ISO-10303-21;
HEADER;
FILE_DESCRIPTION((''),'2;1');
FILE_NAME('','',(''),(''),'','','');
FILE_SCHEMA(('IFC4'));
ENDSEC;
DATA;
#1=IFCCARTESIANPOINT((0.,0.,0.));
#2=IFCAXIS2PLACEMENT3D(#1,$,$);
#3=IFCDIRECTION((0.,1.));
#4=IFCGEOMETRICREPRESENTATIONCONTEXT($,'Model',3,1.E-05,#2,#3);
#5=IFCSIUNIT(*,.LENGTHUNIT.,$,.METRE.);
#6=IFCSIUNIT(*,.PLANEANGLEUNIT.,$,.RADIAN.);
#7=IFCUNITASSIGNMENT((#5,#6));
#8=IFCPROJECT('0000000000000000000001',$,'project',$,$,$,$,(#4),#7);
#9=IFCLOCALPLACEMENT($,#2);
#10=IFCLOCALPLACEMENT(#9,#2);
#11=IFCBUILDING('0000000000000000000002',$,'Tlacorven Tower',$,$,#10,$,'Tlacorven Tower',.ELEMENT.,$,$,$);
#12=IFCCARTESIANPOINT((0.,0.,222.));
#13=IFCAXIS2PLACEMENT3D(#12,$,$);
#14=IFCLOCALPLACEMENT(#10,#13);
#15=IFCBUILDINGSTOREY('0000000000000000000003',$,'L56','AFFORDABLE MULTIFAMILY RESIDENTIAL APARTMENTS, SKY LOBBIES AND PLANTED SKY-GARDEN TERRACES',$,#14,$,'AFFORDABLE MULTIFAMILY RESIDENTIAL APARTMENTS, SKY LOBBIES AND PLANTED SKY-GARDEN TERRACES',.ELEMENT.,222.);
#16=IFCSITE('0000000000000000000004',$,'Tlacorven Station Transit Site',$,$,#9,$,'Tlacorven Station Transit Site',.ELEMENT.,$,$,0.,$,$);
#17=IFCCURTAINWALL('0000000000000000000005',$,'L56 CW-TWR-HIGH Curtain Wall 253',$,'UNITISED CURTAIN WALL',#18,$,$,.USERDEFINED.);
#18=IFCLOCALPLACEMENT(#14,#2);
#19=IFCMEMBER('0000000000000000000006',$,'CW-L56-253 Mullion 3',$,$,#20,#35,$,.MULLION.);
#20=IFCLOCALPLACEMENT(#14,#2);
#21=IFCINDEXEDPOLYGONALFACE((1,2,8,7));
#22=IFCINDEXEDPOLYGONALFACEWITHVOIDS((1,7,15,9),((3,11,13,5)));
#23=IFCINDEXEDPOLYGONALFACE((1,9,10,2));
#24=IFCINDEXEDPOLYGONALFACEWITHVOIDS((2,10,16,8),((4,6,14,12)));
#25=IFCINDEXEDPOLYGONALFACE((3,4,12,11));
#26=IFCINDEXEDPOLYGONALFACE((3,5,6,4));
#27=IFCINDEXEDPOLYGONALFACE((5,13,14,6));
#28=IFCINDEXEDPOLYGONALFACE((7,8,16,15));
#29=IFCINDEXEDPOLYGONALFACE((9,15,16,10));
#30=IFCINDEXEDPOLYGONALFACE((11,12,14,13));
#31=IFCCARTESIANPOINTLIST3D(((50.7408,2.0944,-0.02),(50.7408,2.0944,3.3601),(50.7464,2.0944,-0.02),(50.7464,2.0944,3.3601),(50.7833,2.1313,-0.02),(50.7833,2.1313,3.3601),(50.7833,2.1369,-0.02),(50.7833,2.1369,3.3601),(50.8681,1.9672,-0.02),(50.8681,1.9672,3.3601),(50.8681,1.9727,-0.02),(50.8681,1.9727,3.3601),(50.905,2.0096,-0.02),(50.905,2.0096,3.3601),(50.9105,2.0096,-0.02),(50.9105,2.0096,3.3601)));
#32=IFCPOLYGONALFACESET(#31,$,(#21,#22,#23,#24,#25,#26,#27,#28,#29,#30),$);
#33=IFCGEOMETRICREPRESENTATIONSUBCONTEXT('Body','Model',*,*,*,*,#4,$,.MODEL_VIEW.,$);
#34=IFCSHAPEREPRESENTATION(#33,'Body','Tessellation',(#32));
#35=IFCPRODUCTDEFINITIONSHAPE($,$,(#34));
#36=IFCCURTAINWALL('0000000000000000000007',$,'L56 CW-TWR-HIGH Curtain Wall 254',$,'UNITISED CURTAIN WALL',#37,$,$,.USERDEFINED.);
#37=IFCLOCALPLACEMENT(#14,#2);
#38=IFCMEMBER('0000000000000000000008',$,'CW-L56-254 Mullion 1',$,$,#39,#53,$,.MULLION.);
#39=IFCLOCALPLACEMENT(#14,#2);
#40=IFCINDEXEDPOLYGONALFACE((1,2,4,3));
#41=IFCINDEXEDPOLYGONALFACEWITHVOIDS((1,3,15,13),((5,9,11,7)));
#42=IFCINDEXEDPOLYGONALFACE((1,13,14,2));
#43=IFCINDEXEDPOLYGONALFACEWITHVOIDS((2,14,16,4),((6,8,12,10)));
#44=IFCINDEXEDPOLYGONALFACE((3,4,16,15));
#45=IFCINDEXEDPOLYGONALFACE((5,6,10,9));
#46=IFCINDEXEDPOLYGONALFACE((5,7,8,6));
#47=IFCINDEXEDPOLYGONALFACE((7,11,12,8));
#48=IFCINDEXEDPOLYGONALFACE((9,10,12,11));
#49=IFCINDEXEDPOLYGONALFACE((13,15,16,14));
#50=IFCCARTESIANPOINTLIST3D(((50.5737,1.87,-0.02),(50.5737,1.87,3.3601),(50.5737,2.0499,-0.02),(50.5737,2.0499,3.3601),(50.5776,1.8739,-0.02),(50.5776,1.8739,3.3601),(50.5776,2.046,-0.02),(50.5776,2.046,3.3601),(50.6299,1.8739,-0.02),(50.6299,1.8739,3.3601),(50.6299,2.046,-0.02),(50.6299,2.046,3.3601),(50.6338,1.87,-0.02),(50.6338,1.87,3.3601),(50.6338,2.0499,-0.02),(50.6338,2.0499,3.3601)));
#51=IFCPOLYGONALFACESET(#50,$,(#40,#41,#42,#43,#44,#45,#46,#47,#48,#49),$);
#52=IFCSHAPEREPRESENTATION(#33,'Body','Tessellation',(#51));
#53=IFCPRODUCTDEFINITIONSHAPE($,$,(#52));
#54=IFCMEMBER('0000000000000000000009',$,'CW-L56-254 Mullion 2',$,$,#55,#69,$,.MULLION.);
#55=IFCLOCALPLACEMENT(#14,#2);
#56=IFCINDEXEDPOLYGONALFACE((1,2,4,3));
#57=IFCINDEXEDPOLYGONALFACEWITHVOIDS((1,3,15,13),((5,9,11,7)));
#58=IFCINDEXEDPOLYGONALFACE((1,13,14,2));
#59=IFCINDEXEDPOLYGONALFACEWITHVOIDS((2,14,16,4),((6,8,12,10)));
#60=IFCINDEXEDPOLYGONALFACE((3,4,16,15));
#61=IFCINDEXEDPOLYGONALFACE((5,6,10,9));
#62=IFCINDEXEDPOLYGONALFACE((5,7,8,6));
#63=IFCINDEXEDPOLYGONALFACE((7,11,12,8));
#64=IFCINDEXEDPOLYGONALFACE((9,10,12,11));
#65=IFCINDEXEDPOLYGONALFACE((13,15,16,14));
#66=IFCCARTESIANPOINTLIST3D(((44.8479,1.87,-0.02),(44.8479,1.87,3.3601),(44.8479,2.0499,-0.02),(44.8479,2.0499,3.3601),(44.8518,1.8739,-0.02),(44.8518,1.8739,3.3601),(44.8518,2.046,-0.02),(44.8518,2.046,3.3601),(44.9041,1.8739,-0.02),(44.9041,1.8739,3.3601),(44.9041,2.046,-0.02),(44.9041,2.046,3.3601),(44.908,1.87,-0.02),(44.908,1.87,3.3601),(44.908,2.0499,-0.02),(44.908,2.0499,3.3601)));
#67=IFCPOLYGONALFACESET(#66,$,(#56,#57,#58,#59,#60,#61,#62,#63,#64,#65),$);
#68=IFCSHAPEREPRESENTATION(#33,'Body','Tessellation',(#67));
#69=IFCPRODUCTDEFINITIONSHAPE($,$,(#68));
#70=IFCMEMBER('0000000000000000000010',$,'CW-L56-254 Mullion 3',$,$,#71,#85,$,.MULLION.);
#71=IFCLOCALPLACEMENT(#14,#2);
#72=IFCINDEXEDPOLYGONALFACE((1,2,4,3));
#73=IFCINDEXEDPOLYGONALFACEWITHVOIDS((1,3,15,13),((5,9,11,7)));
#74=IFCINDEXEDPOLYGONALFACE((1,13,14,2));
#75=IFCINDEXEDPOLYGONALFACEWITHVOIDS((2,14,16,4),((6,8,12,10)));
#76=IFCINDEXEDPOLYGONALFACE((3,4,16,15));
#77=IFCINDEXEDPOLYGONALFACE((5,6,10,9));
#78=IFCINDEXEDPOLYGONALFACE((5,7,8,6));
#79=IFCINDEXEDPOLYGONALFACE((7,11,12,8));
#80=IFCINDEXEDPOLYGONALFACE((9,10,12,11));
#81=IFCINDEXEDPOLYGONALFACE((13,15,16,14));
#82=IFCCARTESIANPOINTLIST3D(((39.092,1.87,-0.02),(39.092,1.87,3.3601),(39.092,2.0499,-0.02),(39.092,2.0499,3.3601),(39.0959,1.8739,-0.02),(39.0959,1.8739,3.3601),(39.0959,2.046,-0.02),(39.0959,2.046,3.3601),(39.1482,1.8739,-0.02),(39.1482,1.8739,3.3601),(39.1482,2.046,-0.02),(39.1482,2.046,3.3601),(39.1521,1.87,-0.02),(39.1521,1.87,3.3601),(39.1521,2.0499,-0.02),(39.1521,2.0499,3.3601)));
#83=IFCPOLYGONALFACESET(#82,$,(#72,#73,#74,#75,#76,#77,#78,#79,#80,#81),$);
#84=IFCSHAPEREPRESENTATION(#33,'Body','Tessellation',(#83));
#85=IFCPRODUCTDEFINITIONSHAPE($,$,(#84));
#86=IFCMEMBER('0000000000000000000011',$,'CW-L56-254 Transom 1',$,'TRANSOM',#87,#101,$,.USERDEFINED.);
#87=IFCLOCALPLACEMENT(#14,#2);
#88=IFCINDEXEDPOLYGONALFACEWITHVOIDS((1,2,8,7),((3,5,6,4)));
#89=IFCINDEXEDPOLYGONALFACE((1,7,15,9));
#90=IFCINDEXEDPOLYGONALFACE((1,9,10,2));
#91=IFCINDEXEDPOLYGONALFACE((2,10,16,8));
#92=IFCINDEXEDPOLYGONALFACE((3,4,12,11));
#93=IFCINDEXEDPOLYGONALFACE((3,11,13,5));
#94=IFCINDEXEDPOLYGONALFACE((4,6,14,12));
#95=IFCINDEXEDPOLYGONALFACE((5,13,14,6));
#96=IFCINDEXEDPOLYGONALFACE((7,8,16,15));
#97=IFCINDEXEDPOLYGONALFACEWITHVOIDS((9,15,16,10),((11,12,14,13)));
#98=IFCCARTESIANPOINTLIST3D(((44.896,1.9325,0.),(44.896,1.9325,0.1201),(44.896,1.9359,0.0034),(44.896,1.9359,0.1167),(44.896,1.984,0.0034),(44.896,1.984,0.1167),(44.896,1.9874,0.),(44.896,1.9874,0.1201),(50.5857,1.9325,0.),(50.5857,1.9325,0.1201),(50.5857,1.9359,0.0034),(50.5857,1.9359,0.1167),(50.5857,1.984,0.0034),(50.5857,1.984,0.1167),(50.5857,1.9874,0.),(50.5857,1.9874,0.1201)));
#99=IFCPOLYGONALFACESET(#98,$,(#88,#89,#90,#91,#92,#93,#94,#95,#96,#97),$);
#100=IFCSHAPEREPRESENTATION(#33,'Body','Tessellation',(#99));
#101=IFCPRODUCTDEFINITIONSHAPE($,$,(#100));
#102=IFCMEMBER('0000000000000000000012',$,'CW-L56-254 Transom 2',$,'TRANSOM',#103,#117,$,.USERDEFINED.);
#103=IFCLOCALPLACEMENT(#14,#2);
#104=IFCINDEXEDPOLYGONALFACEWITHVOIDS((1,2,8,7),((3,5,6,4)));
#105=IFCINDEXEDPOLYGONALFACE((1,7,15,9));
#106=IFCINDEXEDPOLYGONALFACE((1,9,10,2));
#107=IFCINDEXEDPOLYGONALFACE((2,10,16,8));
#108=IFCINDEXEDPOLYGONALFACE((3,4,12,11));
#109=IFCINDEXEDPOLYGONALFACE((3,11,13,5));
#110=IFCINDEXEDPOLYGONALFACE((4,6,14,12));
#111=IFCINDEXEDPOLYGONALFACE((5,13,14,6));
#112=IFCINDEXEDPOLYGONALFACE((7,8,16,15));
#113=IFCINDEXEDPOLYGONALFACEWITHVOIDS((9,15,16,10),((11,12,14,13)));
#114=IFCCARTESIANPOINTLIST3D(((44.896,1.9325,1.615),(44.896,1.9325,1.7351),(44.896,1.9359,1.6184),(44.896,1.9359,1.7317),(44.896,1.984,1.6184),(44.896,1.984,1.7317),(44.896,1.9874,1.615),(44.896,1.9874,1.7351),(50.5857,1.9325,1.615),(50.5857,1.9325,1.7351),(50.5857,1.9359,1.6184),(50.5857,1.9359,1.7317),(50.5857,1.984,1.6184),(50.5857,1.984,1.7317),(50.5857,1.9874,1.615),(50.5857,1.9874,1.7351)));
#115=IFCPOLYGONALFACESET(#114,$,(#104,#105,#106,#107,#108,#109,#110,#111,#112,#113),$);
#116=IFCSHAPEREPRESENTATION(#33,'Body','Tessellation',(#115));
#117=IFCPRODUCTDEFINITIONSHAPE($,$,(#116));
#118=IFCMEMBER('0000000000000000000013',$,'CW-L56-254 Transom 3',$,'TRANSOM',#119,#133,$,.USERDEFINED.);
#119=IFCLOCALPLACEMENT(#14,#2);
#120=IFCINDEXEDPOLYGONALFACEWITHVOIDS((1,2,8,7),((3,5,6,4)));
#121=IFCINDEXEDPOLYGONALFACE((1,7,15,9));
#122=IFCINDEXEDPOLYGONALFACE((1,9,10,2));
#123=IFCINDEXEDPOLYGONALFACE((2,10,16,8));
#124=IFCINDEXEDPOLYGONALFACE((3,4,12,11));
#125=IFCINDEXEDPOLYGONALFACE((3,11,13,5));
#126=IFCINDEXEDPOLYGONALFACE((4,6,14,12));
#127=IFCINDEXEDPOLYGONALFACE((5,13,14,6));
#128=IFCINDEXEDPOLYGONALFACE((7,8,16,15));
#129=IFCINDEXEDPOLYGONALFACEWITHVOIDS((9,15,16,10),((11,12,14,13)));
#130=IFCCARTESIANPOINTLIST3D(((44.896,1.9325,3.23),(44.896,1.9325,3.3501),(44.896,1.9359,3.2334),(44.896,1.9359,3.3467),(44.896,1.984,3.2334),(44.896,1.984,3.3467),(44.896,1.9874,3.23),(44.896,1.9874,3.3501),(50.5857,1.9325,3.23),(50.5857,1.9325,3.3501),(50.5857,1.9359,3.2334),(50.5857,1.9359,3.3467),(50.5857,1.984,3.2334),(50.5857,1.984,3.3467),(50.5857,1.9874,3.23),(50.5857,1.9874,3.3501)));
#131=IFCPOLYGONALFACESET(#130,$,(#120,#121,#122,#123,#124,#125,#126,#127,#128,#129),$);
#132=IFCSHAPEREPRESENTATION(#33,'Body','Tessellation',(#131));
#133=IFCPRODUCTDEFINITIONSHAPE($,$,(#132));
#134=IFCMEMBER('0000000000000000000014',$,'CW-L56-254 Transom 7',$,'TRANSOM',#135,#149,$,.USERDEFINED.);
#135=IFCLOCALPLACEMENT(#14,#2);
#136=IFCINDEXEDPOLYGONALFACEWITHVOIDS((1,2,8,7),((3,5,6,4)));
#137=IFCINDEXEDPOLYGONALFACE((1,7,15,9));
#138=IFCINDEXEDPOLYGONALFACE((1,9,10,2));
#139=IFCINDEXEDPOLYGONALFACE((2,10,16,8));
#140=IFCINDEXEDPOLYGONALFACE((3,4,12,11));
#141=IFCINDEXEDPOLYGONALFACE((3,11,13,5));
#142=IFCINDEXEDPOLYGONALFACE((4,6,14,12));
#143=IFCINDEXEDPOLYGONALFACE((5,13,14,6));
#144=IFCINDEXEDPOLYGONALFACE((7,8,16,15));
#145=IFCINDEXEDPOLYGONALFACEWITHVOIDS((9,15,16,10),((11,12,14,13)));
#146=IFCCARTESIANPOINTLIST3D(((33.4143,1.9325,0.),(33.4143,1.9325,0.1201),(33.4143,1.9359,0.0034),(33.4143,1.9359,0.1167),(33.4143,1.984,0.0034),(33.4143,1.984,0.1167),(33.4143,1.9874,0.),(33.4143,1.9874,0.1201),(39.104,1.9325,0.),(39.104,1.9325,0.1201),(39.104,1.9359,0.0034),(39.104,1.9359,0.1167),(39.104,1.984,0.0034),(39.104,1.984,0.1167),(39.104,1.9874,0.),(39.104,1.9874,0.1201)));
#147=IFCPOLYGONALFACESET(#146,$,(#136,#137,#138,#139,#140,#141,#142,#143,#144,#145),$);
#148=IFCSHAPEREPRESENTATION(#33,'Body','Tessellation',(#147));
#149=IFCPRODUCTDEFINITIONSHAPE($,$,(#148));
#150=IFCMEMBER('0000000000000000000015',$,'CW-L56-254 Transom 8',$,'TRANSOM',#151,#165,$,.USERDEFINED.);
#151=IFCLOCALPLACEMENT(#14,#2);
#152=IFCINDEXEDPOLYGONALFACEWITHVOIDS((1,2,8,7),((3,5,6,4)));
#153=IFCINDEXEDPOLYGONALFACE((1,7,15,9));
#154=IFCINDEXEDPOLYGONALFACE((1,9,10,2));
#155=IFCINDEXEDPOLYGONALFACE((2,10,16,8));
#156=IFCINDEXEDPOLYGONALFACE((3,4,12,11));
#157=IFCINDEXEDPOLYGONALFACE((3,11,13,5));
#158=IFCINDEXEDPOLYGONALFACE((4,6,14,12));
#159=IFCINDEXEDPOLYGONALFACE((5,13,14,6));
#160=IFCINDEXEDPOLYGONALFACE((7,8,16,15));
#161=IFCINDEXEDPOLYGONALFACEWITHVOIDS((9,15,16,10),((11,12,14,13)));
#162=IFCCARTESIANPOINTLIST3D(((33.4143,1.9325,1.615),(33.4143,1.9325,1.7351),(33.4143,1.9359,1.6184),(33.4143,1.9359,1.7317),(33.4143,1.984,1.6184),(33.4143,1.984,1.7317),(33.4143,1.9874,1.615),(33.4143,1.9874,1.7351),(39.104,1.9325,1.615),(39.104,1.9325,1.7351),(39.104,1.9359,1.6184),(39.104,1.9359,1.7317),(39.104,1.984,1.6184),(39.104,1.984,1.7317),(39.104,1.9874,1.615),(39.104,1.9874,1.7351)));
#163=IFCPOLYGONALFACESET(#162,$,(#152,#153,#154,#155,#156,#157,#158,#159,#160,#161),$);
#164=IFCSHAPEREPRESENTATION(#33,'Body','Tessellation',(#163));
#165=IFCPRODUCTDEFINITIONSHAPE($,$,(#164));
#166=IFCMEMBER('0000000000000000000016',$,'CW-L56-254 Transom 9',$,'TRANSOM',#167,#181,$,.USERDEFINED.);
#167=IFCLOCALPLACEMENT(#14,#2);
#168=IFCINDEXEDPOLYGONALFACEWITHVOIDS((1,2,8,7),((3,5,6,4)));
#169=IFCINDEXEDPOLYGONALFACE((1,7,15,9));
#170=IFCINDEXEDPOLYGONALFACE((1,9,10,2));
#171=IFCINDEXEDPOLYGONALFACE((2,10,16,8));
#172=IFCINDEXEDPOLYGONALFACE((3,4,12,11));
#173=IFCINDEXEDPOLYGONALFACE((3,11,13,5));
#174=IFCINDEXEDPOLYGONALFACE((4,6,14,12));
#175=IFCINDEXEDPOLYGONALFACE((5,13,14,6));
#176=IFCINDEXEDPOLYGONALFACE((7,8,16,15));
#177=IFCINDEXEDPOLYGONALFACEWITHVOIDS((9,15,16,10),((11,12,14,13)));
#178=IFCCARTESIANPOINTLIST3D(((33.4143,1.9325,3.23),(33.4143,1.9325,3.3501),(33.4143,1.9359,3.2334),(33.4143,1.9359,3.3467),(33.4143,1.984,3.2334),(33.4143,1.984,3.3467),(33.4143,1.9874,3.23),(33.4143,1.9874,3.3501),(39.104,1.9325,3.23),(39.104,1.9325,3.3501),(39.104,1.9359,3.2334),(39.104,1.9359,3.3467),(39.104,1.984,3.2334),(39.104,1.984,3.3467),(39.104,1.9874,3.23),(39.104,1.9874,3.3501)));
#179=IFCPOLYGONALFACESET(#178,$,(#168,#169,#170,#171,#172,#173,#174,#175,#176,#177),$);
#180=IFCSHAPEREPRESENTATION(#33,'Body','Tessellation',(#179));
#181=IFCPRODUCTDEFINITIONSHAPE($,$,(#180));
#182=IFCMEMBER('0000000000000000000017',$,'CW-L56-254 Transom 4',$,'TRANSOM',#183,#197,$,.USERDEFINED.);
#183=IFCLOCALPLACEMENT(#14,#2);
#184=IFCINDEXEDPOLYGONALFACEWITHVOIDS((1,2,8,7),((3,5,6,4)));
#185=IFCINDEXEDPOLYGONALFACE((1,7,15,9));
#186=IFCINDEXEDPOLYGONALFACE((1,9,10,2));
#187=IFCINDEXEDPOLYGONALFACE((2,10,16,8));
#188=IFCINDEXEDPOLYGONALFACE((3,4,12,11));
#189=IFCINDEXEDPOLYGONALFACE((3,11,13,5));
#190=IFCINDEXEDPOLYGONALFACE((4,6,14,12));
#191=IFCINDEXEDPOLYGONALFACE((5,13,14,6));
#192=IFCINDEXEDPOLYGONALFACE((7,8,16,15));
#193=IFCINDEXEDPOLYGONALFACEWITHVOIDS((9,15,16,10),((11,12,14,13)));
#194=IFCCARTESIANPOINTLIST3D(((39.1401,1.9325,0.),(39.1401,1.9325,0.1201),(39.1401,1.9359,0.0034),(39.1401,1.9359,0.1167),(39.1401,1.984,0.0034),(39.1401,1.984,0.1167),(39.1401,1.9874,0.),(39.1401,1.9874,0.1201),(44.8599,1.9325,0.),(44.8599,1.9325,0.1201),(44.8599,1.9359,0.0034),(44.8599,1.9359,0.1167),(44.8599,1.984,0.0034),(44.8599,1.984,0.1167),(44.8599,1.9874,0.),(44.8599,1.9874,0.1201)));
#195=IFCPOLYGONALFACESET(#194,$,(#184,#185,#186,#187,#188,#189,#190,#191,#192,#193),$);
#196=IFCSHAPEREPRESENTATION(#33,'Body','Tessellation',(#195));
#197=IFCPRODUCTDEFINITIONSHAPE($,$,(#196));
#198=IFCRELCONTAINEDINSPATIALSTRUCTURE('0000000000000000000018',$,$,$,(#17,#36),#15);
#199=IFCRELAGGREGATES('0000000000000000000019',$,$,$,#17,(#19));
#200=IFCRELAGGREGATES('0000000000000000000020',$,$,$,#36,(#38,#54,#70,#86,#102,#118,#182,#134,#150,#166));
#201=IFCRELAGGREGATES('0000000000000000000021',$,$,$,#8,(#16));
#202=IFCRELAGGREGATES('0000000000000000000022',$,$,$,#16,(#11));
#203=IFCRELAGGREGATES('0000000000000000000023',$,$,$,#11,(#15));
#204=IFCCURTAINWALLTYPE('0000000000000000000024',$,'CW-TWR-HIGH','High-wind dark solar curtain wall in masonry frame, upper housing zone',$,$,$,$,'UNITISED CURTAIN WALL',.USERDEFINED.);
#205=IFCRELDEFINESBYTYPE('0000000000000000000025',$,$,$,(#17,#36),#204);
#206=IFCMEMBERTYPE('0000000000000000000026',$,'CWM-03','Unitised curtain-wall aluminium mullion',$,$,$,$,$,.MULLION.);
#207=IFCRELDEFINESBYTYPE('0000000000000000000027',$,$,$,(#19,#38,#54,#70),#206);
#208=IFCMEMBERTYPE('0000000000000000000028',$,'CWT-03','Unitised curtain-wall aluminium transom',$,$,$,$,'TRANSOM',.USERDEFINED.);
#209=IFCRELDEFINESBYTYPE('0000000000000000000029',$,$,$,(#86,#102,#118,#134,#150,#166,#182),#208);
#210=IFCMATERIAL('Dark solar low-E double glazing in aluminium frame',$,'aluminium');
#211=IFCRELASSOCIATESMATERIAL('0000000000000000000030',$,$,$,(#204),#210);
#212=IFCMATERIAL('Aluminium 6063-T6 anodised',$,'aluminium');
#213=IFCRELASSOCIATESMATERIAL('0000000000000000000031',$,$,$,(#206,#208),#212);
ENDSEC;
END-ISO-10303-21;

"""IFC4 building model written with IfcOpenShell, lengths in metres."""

from ifc_helpers import new_model, si_unit, direction, frame, origin, origin_2d, place, context, subcontext, project, spatial, hollow_rectangle, extrude, source, transform, mapped, material, material_profile, profile_set, type_object, element, aggregate, save


model = new_model("IFC4")

# Units and contexts
model_context = context("Model", 3, precision=1e-05, world=origin(), true_north=direction((0.0, 1.0)))
body_context = subcontext(model_context, "Body", "Model", "MODEL_VIEW")
ifc_project = project(units=[si_unit("LENGTHUNIT", "METRE"), si_unit("PLANEANGLEUNIT", "RADIAN")], contexts=[model_context])

# Site, building, storey
site_placement = place(None, origin())
site = spatial("IfcSite", under=ifc_project, at=site_placement, Name="Tlacorven Station Transit Site", LongName="Tlacorven Station Transit Site", CompositionType="ELEMENT", RefElevation=0.0)
building_placement = place(site_placement, origin())
building = spatial("IfcBuilding", under=site, at=building_placement, Name="Tlacorven Tower", LongName="Tlacorven Tower", CompositionType="ELEMENT")
storey_placement = place(building_placement, frame((0.0, 0.0, 222.0)))
storey = spatial("IfcBuildingStorey", under=building, at=storey_placement, Name="L56", Description="AFFORDABLE MULTIFAMILY RESIDENTIAL APARTMENTS, SKY LOBBIES AND PLANTED SKY-GARDEN TERRACES", LongName="AFFORDABLE MULTIFAMILY RESIDENTIAL APARTMENTS, SKY LOBBIES AND PLANTED SKY-GARDEN TERRACES", CompositionType="ELEMENT", Elevation=222.0)

# Curtain wall, member
ifc_material_1 = material(Name="Dark solar low-E double glazing in aluminium frame", Category="aluminium")
curtain_wall_type = type_object("IfcCurtainWallType", Name="CW-TWR-HIGH", Description="High-wind dark solar curtain wall in masonry frame, upper housing zone", ElementType="UNITISED CURTAIN WALL", PredefinedType="USERDEFINED", material=ifc_material_1)
curtain_wall_1_placement = place(storey_placement, origin())
curtain_wall_1 = element("IfcCurtainWall", 1, at=curtain_wall_1_placement, inside=storey, type_object=curtain_wall_type, Name="L56 CW-TWR-HIGH Curtain Wall 253", ObjectType="UNITISED CURTAIN WALL", PredefinedType="USERDEFINED")
ifc_material_2 = material(Name="Aluminium 6063-T6 anodised", Category="aluminium")
ifc_material_profile_1 = material_profile(ifc_material_2, hollow_rectangle(XDim=0.0601, YDim=0.1799, WallThickness=0.0039, at=origin_2d()), Name="ALU MULLION 60X180")
ifc_profile_set_1 = profile_set([ifc_material_profile_1], Name="Aluminium 6063-T6 anodised")
member_type_1 = type_object("IfcMemberType", Name="CWM-03", Description="Unitised curtain-wall aluminium mullion", PredefinedType="MULLION", material=ifc_profile_set_1)
shared_shape_1 = source(origin(), body_context, "Body", "SweptSolid", [
    extrude(hollow_rectangle(XDim=0.0601, YDim=0.1799, WallThickness=0.0039, at=origin_2d()), origin(), (0.0, 0.0, 1.0), 3.3801),
])
member_1_placement = place(storey_placement, frame((50.8257, 2.052, -0.02), z_axis=(0.0, 0.0, 1.0), x_axis=(-0.707107, -0.707107, 0.0)))
member_1 = element("IfcMember", 2, at=member_1_placement, type_object=member_type_1, Name="CW-L56-253 Mullion 3", PredefinedType="MULLION", context=body_context, shape_type="MappedRepresentation", body=[
    mapped(shared_shape_1, transform((0.0, 0.0, 0.0), scale=1.0)),
])
aggregate(curtain_wall_1, [member_1])

# Curtain wall, members
curtain_wall_2_placement = place(storey_placement, origin())
curtain_wall_2 = element("IfcCurtainWall", 3, at=curtain_wall_2_placement, inside=storey, type_object=curtain_wall_type, Name="L56 CW-TWR-HIGH Curtain Wall 254", ObjectType="UNITISED CURTAIN WALL", PredefinedType="USERDEFINED")
member_2_placement = place(storey_placement, frame((50.6038, 1.96, -0.02), z_axis=(0.0, 0.0, 1.0), x_axis=(-1.0, 0.0, 0.0)))
member_2 = element("IfcMember", 4, at=member_2_placement, type_object=member_type_1, Name="CW-L56-254 Mullion 1", PredefinedType="MULLION", context=body_context, shape_type="MappedRepresentation", body=[
    mapped(shared_shape_1, transform((0.0, 0.0, 0.0), scale=1.0)),
])
member_3_placement = place(storey_placement, frame((44.8779, 1.96, -0.02), z_axis=(0.0, 0.0, 1.0), x_axis=(-1.0, 0.0, 0.0)))
member_3 = element("IfcMember", 5, at=member_3_placement, type_object=member_type_1, Name="CW-L56-254 Mullion 2", PredefinedType="MULLION", context=body_context, shape_type="MappedRepresentation", body=[
    mapped(shared_shape_1, transform((0.0, 0.0, 0.0), scale=1.0)),
])
member_4_placement = place(storey_placement, frame((39.1221, 1.96, -0.02), z_axis=(0.0, 0.0, 1.0), x_axis=(-1.0, 0.0, 0.0)))
member_4 = element("IfcMember", 6, at=member_4_placement, type_object=member_type_1, Name="CW-L56-254 Mullion 3", PredefinedType="MULLION", context=body_context, shape_type="MappedRepresentation", body=[
    mapped(shared_shape_1, transform((0.0, 0.0, 0.0), scale=1.0)),
])
ifc_material_profile_2 = material_profile(ifc_material_2, hollow_rectangle(XDim=0.0549, YDim=0.1201, WallThickness=0.0034, at=origin_2d()), Name="ALU TRANSOM 55X120")
ifc_profile_set_2 = profile_set([ifc_material_profile_2], Name="Aluminium 6063-T6 anodised")
member_type_2 = type_object("IfcMemberType", Name="CWT-03", Description="Unitised curtain-wall aluminium transom", ElementType="TRANSOM", PredefinedType="USERDEFINED", material=ifc_profile_set_2)
shared_shape_2 = source(origin(), body_context, "Body", "SweptSolid", [
    extrude(hollow_rectangle(XDim=0.0549, YDim=0.1201, WallThickness=0.0034, at=origin_2d()), origin(), (0.0, 0.0, 1.0), 5.6897),
])
member_5_placement = place(storey_placement, frame((50.5857, 1.96, 0.0601), z_axis=(-1.0, 0.0, 0.0), x_axis=(0.0, -1.0, 0.0)))
member_5 = element("IfcMember", 7, at=member_5_placement, type_object=member_type_2, Name="CW-L56-254 Transom 1", ObjectType="TRANSOM", PredefinedType="USERDEFINED", context=body_context, shape_type="MappedRepresentation", body=[
    mapped(shared_shape_2, transform((0.0, 0.0, 0.0), scale=1.0)),
])
member_6_placement = place(storey_placement, frame((50.5857, 1.96, 1.675), z_axis=(-1.0, 0.0, 0.0), x_axis=(0.0, -1.0, 0.0)))
member_6 = element("IfcMember", 8, at=member_6_placement, type_object=member_type_2, Name="CW-L56-254 Transom 2", ObjectType="TRANSOM", PredefinedType="USERDEFINED", context=body_context, shape_type="MappedRepresentation", body=[
    mapped(shared_shape_2, transform((0.0, 0.0, 0.0), scale=1.0)),
])
member_7_placement = place(storey_placement, frame((50.5857, 1.96, 3.29), z_axis=(-1.0, 0.0, 0.0), x_axis=(0.0, -1.0, 0.0)))
member_7 = element("IfcMember", 9, at=member_7_placement, type_object=member_type_2, Name="CW-L56-254 Transom 3", ObjectType="TRANSOM", PredefinedType="USERDEFINED", context=body_context, shape_type="MappedRepresentation", body=[
    mapped(shared_shape_2, transform((0.0, 0.0, 0.0), scale=1.0)),
])
member_8_placement = place(storey_placement, frame((39.104, 1.96, 0.0601), z_axis=(-1.0, 0.0, 0.0), x_axis=(0.0, -1.0, 0.0)))
member_8 = element("IfcMember", 10, at=member_8_placement, type_object=member_type_2, Name="CW-L56-254 Transom 7", ObjectType="TRANSOM", PredefinedType="USERDEFINED", context=body_context, shape_type="MappedRepresentation", body=[
    mapped(shared_shape_2, transform((0.0, 0.0, 0.0), scale=1.0)),
])
member_9_placement = place(storey_placement, frame((39.104, 1.96, 1.675), z_axis=(-1.0, 0.0, 0.0), x_axis=(0.0, -1.0, 0.0)))
member_9 = element("IfcMember", 11, at=member_9_placement, type_object=member_type_2, Name="CW-L56-254 Transom 8", ObjectType="TRANSOM", PredefinedType="USERDEFINED", context=body_context, shape_type="MappedRepresentation", body=[
    mapped(shared_shape_2, transform((0.0, 0.0, 0.0), scale=1.0)),
])
member_10_placement = place(storey_placement, frame((39.104, 1.96, 3.29), z_axis=(-1.0, 0.0, 0.0), x_axis=(0.0, -1.0, 0.0)))
member_10 = element("IfcMember", 12, at=member_10_placement, type_object=member_type_2, Name="CW-L56-254 Transom 9", ObjectType="TRANSOM", PredefinedType="USERDEFINED", context=body_context, shape_type="MappedRepresentation", body=[
    mapped(shared_shape_2, transform((0.0, 0.0, 0.0), scale=1.0)),
])
shared_shape_3 = source(origin(), body_context, "Body", "SweptSolid", [
    extrude(hollow_rectangle(XDim=0.0549, YDim=0.1201, WallThickness=0.0034, at=origin_2d()), origin(), (0.0, 0.0, 1.0), 5.7197),
])
member_11_placement = place(storey_placement, frame((44.8599, 1.96, 0.0601), z_axis=(-1.0, 0.0, 0.0), x_axis=(0.0, -1.0, 0.0)))
member_11 = element("IfcMember", 13, at=member_11_placement, type_object=member_type_2, Name="CW-L56-254 Transom 4", ObjectType="TRANSOM", PredefinedType="USERDEFINED", context=body_context, shape_type="MappedRepresentation", body=[
    mapped(shared_shape_3, transform((0.0, 0.0, 0.0), scale=1.0)),
])
aggregate(curtain_wall_2, [member_2, member_3, member_4, member_5, member_6, member_7, member_11, member_8, member_9, member_10])

save(model, "model.ifc")
